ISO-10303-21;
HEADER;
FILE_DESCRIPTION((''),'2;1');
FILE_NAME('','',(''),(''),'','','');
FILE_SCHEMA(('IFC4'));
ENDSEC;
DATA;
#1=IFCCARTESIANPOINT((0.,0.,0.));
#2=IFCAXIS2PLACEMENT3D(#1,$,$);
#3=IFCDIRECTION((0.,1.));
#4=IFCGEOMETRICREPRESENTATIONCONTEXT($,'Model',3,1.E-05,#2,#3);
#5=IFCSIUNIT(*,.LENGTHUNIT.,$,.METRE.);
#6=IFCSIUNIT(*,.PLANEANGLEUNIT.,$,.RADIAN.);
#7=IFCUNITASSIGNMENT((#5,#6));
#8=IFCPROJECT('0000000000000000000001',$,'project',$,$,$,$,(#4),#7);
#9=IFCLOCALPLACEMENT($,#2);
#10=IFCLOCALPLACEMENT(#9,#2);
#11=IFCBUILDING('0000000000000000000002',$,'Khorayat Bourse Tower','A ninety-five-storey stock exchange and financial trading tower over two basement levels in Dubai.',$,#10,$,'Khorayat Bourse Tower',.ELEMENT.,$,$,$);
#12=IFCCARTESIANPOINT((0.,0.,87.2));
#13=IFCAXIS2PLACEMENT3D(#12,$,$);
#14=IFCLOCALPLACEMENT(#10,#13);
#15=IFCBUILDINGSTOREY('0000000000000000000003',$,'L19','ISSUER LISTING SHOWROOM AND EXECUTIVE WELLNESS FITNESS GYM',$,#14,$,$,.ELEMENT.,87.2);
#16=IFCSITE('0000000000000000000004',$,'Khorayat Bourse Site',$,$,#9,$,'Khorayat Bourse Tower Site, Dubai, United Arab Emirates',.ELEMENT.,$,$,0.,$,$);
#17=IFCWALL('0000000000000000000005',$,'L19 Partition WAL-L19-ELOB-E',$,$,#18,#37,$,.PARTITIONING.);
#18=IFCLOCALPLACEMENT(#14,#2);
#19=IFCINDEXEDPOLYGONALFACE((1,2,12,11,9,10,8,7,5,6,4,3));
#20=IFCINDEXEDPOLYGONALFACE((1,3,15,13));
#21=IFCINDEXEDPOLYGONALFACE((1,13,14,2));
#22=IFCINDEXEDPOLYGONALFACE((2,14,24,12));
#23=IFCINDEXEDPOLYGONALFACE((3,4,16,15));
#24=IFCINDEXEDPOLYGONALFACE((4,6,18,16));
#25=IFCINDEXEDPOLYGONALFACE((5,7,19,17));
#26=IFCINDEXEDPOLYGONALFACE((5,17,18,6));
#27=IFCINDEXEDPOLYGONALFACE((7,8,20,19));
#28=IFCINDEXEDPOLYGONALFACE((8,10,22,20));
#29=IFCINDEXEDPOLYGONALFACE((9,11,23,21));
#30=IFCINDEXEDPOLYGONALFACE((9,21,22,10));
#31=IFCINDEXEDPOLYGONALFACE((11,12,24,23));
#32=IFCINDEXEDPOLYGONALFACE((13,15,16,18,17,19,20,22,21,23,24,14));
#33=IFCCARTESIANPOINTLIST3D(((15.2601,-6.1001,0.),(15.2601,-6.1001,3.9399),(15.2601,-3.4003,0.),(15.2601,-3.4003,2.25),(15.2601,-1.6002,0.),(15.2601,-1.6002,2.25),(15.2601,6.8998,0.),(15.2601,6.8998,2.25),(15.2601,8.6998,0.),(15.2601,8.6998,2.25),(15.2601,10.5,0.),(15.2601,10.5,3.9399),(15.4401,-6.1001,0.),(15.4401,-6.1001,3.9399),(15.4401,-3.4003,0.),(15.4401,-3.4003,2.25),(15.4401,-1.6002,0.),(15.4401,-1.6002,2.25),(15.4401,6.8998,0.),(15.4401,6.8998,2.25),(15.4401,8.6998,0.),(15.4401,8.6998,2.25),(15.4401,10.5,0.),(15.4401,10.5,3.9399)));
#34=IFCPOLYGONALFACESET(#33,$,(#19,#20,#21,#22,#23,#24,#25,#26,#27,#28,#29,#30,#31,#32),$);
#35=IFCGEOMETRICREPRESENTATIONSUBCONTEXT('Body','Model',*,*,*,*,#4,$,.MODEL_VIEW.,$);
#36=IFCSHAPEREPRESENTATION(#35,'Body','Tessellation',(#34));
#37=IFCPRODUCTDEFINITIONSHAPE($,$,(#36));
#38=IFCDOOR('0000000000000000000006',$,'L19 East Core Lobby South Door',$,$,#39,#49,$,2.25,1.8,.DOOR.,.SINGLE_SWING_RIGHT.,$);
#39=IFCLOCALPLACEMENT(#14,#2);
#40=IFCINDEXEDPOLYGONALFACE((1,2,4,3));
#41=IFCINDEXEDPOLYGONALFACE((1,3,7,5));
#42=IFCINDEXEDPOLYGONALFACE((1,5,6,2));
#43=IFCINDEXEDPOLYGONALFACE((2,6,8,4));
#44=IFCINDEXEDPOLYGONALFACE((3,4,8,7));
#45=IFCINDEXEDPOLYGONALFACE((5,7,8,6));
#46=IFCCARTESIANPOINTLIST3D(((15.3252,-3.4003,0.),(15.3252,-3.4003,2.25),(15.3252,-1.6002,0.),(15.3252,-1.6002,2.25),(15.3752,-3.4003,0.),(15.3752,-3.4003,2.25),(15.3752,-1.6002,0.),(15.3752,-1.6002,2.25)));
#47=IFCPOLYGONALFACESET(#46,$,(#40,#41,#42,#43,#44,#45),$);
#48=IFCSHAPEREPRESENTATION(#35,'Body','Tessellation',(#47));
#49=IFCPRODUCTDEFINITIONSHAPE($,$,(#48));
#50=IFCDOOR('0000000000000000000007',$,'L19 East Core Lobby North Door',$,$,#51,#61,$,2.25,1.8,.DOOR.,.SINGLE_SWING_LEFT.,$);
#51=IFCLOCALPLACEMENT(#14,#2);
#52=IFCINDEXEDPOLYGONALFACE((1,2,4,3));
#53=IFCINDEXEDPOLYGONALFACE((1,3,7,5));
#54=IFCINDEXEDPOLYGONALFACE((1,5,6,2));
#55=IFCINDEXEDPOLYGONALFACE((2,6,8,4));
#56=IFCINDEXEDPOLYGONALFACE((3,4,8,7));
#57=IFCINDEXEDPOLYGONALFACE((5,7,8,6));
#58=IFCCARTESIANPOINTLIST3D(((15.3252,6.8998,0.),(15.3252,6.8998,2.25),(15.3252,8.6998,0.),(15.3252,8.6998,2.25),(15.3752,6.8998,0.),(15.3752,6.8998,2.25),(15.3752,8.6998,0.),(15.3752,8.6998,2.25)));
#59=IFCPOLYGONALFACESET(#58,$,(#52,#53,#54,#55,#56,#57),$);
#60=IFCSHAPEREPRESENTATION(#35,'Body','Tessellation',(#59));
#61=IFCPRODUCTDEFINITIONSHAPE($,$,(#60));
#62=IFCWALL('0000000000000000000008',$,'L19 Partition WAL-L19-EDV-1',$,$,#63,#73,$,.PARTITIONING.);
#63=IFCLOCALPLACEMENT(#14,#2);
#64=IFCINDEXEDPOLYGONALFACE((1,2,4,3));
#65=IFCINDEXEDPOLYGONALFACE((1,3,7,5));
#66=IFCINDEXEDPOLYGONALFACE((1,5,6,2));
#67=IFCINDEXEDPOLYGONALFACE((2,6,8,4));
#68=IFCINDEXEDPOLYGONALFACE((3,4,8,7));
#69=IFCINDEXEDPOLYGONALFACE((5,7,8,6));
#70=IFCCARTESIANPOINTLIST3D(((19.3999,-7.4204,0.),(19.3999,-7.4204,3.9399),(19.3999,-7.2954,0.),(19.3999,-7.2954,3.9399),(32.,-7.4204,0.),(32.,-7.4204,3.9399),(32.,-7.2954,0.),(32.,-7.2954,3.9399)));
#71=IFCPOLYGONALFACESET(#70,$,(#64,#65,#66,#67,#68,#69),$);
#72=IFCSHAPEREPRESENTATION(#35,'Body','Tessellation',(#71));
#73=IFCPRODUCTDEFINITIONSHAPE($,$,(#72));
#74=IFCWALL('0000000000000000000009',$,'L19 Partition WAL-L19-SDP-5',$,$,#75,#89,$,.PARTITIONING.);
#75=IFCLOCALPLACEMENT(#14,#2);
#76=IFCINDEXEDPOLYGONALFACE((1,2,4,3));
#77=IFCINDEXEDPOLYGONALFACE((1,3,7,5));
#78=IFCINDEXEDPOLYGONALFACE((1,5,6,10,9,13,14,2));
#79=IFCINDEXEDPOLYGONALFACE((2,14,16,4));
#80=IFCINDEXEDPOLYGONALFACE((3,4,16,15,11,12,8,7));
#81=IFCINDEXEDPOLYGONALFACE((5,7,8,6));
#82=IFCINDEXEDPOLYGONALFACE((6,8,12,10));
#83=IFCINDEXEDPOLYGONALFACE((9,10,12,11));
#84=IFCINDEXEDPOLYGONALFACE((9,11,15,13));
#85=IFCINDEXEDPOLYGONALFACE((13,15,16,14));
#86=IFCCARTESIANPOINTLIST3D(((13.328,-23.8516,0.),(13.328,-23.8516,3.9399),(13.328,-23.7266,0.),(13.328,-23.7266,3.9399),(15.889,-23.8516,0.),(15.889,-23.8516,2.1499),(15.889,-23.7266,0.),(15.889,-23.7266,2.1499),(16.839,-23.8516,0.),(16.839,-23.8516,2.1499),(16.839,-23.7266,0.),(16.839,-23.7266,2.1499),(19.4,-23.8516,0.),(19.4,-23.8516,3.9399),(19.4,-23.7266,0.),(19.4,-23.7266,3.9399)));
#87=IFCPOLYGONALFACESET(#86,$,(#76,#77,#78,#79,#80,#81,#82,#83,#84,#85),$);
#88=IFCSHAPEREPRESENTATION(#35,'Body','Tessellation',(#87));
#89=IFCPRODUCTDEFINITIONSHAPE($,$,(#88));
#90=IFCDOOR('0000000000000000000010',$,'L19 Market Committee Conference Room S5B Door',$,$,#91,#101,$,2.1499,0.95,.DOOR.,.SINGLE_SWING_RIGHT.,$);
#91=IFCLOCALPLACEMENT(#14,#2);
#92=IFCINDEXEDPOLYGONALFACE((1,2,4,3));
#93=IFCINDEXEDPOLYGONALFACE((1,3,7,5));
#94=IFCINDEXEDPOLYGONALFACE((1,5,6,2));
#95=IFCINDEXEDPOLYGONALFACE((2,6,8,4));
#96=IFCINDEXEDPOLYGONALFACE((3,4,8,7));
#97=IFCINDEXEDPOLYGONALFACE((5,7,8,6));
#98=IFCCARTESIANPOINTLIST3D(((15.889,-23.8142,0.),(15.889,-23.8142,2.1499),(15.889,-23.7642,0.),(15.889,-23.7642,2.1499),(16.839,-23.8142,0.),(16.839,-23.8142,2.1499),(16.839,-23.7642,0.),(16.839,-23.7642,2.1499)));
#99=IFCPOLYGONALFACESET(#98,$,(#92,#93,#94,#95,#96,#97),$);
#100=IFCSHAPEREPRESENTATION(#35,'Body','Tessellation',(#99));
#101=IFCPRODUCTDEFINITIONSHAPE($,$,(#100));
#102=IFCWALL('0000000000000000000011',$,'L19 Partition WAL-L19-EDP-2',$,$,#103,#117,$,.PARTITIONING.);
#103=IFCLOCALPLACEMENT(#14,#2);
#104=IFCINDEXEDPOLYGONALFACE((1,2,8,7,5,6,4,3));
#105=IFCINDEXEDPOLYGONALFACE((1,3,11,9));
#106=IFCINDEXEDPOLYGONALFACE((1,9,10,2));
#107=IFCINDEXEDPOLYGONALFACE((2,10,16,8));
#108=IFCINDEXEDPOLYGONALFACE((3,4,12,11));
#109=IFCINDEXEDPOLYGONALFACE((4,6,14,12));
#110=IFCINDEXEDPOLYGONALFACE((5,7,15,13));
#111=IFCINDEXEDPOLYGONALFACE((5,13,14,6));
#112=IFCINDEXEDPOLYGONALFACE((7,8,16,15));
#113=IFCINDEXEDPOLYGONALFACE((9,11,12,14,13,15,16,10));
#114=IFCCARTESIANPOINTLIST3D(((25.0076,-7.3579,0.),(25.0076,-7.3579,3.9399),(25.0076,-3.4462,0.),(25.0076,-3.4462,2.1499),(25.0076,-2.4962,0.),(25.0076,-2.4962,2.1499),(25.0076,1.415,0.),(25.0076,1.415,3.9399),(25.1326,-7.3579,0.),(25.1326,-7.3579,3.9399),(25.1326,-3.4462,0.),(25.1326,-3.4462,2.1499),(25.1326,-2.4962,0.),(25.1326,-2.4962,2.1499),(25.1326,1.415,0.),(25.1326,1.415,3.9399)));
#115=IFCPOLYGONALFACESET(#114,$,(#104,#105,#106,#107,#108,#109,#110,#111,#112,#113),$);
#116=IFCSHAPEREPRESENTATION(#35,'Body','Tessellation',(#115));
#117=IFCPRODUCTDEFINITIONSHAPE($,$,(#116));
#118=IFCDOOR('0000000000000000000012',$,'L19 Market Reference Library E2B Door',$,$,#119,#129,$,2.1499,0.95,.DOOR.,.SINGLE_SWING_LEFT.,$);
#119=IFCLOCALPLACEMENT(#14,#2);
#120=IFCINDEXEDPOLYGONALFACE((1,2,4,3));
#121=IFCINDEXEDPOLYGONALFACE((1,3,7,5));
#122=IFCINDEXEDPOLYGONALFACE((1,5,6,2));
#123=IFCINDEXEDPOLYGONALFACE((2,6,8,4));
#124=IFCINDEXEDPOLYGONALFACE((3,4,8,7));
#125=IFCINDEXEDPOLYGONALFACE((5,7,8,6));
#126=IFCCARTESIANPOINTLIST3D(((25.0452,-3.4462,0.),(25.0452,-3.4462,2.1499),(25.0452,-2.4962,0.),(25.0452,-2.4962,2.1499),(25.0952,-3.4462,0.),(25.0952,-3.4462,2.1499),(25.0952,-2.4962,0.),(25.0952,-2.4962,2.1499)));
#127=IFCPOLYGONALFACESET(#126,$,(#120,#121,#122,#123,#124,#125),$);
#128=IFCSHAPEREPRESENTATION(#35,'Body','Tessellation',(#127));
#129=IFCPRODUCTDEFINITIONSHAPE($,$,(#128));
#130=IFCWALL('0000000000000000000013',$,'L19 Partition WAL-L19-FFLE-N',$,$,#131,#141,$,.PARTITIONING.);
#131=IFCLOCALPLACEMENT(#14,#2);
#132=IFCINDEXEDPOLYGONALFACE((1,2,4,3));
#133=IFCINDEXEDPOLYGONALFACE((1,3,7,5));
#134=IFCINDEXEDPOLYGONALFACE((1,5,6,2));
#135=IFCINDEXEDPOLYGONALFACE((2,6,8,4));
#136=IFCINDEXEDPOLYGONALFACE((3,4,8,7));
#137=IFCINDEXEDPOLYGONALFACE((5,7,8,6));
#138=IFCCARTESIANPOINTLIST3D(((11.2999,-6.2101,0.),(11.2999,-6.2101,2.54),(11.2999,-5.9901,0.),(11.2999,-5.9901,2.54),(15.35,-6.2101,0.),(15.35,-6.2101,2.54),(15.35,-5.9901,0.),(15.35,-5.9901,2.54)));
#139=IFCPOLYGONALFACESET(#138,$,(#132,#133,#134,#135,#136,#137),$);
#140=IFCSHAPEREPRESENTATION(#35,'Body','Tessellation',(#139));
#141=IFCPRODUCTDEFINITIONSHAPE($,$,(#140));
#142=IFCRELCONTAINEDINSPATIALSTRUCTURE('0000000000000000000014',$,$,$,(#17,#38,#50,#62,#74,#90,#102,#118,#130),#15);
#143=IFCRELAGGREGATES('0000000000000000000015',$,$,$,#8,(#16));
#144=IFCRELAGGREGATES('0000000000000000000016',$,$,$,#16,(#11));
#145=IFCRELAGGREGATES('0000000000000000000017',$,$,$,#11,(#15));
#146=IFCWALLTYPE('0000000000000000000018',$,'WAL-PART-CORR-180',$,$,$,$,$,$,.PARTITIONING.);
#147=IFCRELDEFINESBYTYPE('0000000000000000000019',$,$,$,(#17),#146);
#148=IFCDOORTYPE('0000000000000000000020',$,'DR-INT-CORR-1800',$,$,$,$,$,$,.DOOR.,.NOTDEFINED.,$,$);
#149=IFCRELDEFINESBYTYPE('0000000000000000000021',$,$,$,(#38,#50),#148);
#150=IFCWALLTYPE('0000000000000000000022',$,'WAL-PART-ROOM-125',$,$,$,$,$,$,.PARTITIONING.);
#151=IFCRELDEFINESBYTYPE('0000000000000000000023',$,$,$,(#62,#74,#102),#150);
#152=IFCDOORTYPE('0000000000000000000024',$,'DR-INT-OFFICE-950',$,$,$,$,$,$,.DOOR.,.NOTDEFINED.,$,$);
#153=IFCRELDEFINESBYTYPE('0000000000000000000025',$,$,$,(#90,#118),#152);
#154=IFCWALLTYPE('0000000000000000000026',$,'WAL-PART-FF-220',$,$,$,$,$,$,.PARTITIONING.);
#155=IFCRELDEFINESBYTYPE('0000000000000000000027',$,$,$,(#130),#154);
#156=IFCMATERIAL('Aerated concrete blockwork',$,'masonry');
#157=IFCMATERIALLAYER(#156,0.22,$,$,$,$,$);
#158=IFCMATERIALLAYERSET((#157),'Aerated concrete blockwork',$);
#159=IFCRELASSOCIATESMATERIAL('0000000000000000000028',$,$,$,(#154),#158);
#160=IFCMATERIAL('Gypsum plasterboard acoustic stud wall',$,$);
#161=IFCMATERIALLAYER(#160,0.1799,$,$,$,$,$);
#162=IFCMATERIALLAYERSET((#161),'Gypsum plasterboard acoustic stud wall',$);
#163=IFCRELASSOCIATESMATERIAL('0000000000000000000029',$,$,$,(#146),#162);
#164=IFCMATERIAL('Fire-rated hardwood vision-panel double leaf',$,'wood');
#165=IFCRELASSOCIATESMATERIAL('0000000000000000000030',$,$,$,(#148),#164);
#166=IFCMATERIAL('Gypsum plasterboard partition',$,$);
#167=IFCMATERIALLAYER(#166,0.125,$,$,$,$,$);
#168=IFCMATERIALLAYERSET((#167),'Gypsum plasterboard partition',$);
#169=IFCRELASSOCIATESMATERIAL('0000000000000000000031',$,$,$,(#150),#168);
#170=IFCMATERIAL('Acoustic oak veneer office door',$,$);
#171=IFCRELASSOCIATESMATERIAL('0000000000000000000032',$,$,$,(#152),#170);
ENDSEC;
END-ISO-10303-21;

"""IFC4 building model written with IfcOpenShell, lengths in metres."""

from ifc_helpers import new_model, si_unit, direction, frame, frame_2d, origin, place, context, subcontext, project, spatial, rectangle, extrude, source, transform, mapped, material, layer, layer_set, type_object, element, fill, save


model = new_model("IFC4")

# Units and contexts
model_context = context("Model", 3, precision=1e-05, world=origin(), true_north=direction((0.0, 1.0)))
body_context = subcontext(model_context, "Body", "Model", "MODEL_VIEW")
ifc_project = project(units=[si_unit("LENGTHUNIT", "METRE"), si_unit("PLANEANGLEUNIT", "RADIAN")], contexts=[model_context])

# Site, building, storey
site_placement = place(None, origin())
site = spatial("IfcSite", under=ifc_project, at=site_placement, Name="Khorayat Bourse Site", LongName="Khorayat Bourse Tower Site, Dubai, United Arab Emirates", CompositionType="ELEMENT", RefElevation=0.0)
building_placement = place(site_placement, origin())
building = spatial("IfcBuilding", under=site, at=building_placement, Name="Khorayat Bourse Tower", Description="A ninety-five-storey stock exchange and financial trading tower over two basement levels in Dubai.", LongName="Khorayat Bourse Tower", CompositionType="ELEMENT")
storey_placement = place(building_placement, frame((0.0, 0.0, 87.2)))
storey = spatial("IfcBuildingStorey", under=building, at=storey_placement, Name="L19", Description="ISSUER LISTING SHOWROOM AND EXECUTIVE WELLNESS FITNESS GYM", CompositionType="ELEMENT", Elevation=87.2)

# Shared definitions
ifc_material_1 = material(Name="Aerated concrete blockwork", Category="masonry")
ifc_layer_1 = layer(ifc_material_1, 0.22)
ifc_layer_set_1 = layer_set([ifc_layer_1], Name="Aerated concrete blockwork")
wall_type_1 = type_object("IfcWallType", Name="WAL-PART-FF-220", PredefinedType="PARTITIONING", material=ifc_layer_set_1)

# Wall, openings, doors
ifc_material_2 = material(Name="Gypsum plasterboard acoustic stud wall")
ifc_layer_2 = layer(ifc_material_2, 0.1799)
ifc_layer_set_2 = layer_set([ifc_layer_2], Name="Gypsum plasterboard acoustic stud wall")
wall_type_2 = type_object("IfcWallType", Name="WAL-PART-CORR-180", PredefinedType="PARTITIONING", material=ifc_layer_set_2)
shared_shape_1 = source(origin(), body_context, "Body", "SweptSolid", [
    extrude(rectangle(XDim=16.6001, YDim=0.1799, at=frame_2d((8.3, 0.0))), origin(), (0.0, 0.0, 1.0), 3.9399),
])
wall_1_placement = place(storey_placement, frame((15.3501, -6.1001, 0.0), z_axis=(0.0, 0.0, 1.0), x_axis=(0.0, 1.0, 0.0)))
wall_1 = element("IfcWall", 1, at=wall_1_placement, inside=storey, type_object=wall_type_2, Name="L19 Partition WAL-L19-ELOB-E", PredefinedType="PARTITIONING", context=body_context, shape_type="MappedRepresentation", body=[
    mapped(shared_shape_1, transform((0.0, 0.0, 0.0), scale=1.0)),
])
shared_shape_2 = source(origin(), body_context, "Body", "SweptSolid", [
    extrude(rectangle(XDim=1.8, YDim=2.25, at=frame_2d((0.8999, 1.125))), frame((0.0, 0.0999, 0.0), z_axis=(0.0, -1.0, 0.0), x_axis=(1.0, 0.0, 0.0)), (0.0, 0.0, 1.0), 0.2),
])
opening_1_placement = place(wall_1_placement, frame((2.7, 0.0, 0.0)))
opening_1 = element("IfcOpeningElement", 2, at=opening_1_placement, cuts=wall_1, PredefinedType="OPENING", context=body_context, shape_type="MappedRepresentation", body=[
    mapped(shared_shape_2, transform((0.0, 0.0, 0.0), scale=1.0)),
])
opening_2_placement = place(wall_1_placement, frame((13.0, 0.0, 0.0)))
opening_2 = element("IfcOpeningElement", 3, at=opening_2_placement, cuts=wall_1, PredefinedType="OPENING", context=body_context, shape_type="MappedRepresentation", body=[
    mapped(shared_shape_2, transform((0.0, 0.0, 0.0), scale=1.0)),
])
ifc_material_3 = material(Name="Fire-rated hardwood vision-panel double leaf", Category="wood")
door_type_1 = type_object("IfcDoorType", Name="DR-INT-CORR-1800", OperationType="NOTDEFINED", PredefinedType="DOOR", material=ifc_material_3)
shared_shape_3 = source(origin(), body_context, "Body", "SweptSolid", [
    extrude(rectangle(XDim=1.8, YDim=2.25, at=frame_2d((0.8999, 1.125))), frame((0.0, 0.0249, 0.0), z_axis=(0.0, -1.0, 0.0), x_axis=(1.0, 0.0, 0.0)), (0.0, 0.0, 1.0), 0.05),
])
door_1_placement = place(opening_1_placement, origin())
door_1 = element("IfcDoor", 4, at=door_1_placement, inside=storey, type_object=door_type_1, Name="L19 East Core Lobby South Door", OperationType="SINGLE_SWING_RIGHT", OverallHeight=2.25, OverallWidth=1.8, PredefinedType="DOOR", context=body_context, shape_type="MappedRepresentation", body=[
    mapped(shared_shape_3, transform((0.0, 0.0, 0.0), scale=1.0)),
])
fill(opening_1, door_1)
door_2_placement = place(opening_2_placement, origin())
door_2 = element("IfcDoor", 5, at=door_2_placement, inside=storey, type_object=door_type_1, Name="L19 East Core Lobby North Door", OperationType="SINGLE_SWING_LEFT", OverallHeight=2.25, OverallWidth=1.8, PredefinedType="DOOR", context=body_context, shape_type="MappedRepresentation", body=[
    mapped(shared_shape_3, transform((0.0, 0.0, 0.0), scale=1.0)),
])
fill(opening_2, door_2)

# Wall
ifc_material_4 = material(Name="Gypsum plasterboard partition")
ifc_layer_3 = layer(ifc_material_4, 0.125)
ifc_layer_set_3 = layer_set([ifc_layer_3], Name="Gypsum plasterboard partition")
wall_type_3 = type_object("IfcWallType", Name="WAL-PART-ROOM-125", PredefinedType="PARTITIONING", material=ifc_layer_set_3)
shared_shape_4 = source(origin(), body_context, "Body", "SweptSolid", [
    extrude(rectangle(XDim=12.6001, YDim=0.125, at=frame_2d((6.3, 0.0))), origin(), (0.0, 0.0, 1.0), 3.9399),
])
wall_2_placement = place(storey_placement, frame((19.3999, -7.3579, 0.0), z_axis=(0.0, 0.0, 1.0), x_axis=(1.0, 0.0, 0.0)))
element("IfcWall", 6, at=wall_2_placement, inside=storey, type_object=wall_type_3, Name="L19 Partition WAL-L19-EDV-1", PredefinedType="PARTITIONING", context=body_context, shape_type="MappedRepresentation", body=[
    mapped(shared_shape_4, transform((0.0, 0.0, 0.0), scale=1.0)),
])

# Walls, openings, doors
shared_shape_5 = source(origin(), body_context, "Body", "SweptSolid", [
    extrude(rectangle(XDim=6.072, YDim=0.125, at=frame_2d((3.0361, 0.0))), origin(), (0.0, 0.0, 1.0), 3.9399),
])
wall_3_placement = place(storey_placement, frame((13.3279, -23.7891, 0.0), z_axis=(0.0, 0.0, 1.0), x_axis=(1.0, 0.0, 0.0)))
wall_3 = element("IfcWall", 7, at=wall_3_placement, inside=storey, type_object=wall_type_3, Name="L19 Partition WAL-L19-SDP-5", PredefinedType="PARTITIONING", context=body_context, shape_type="MappedRepresentation", body=[
    mapped(shared_shape_5, transform((0.0, 0.0, 0.0), scale=1.0)),
])
shared_shape_6 = source(origin(), body_context, "Body", "SweptSolid", [
    extrude(rectangle(XDim=0.95, YDim=2.1499, at=frame_2d((0.4751, 1.075))), frame((0.0, 0.0725, 0.0), z_axis=(0.0, -1.0, 0.0), x_axis=(1.0, 0.0, 0.0)), (0.0, 0.0, 1.0), 0.145),
])
opening_3_placement = place(wall_3_placement, frame((2.561, 0.0, 0.0)))
opening_3 = element("IfcOpeningElement", 8, at=opening_3_placement, cuts=wall_3, PredefinedType="OPENING", context=body_context, shape_type="MappedRepresentation", body=[
    mapped(shared_shape_6, transform((0.0, 0.0, 0.0), scale=1.0)),
])
ifc_material_5 = material(Name="Acoustic oak veneer office door")
door_type_2 = type_object("IfcDoorType", Name="DR-INT-OFFICE-950", OperationType="NOTDEFINED", PredefinedType="DOOR", material=ifc_material_5)
shared_shape_7 = source(origin(), body_context, "Body", "SweptSolid", [
    extrude(rectangle(XDim=0.95, YDim=2.1499, at=frame_2d((0.4751, 1.075))), frame((0.0, 0.0249, 0.0), z_axis=(0.0, -1.0, 0.0), x_axis=(1.0, 0.0, 0.0)), (0.0, 0.0, 1.0), 0.05),
])
door_3_placement = place(opening_3_placement, origin())
door_3 = element("IfcDoor", 9, at=door_3_placement, inside=storey, type_object=door_type_2, Name="L19 Market Committee Conference Room S5B Door", OperationType="SINGLE_SWING_RIGHT", OverallHeight=2.1499, OverallWidth=0.95, PredefinedType="DOOR", context=body_context, shape_type="MappedRepresentation", body=[
    mapped(shared_shape_7, transform((0.0, 0.0, 0.0), scale=1.0)),
])
fill(opening_3, door_3)
shared_shape_8 = source(origin(), body_context, "Body", "SweptSolid", [
    extrude(rectangle(XDim=8.7729, YDim=0.125, at=frame_2d((4.3865, 0.0))), origin(), (0.0, 0.0, 1.0), 3.9399),
])
wall_4_placement = place(storey_placement, frame((25.0701, -7.3579, 0.0), z_axis=(0.0, 0.0, 1.0), x_axis=(0.0, 1.0, 0.0)))
wall_4 = element("IfcWall", 10, at=wall_4_placement, inside=storey, type_object=wall_type_3, Name="L19 Partition WAL-L19-EDP-2", PredefinedType="PARTITIONING", context=body_context, shape_type="MappedRepresentation", body=[
    mapped(shared_shape_8, transform((0.0, 0.0, 0.0), scale=1.0)),
])
opening_4_placement = place(wall_4_placement, frame((3.9116, 0.0, 0.0)))
opening_4 = element("IfcOpeningElement", 11, at=opening_4_placement, cuts=wall_4, PredefinedType="OPENING", context=body_context, shape_type="MappedRepresentation", body=[
    mapped(shared_shape_6, transform((0.0, 0.0, 0.0), scale=1.0)),
])
door_4_placement = place(opening_4_placement, origin())
door_4 = element("IfcDoor", 12, at=door_4_placement, inside=storey, type_object=door_type_2, Name="L19 Market Reference Library E2B Door", OperationType="SINGLE_SWING_LEFT", OverallHeight=2.1499, OverallWidth=0.95, PredefinedType="DOOR", context=body_context, shape_type="MappedRepresentation", body=[
    mapped(shared_shape_7, transform((0.0, 0.0, 0.0), scale=1.0)),
])
fill(opening_4, door_4)

# Wall
shared_shape_9 = source(origin(), body_context, "Body", "SweptSolid", [
    extrude(rectangle(XDim=4.05, YDim=0.22, at=frame_2d((2.0249, 0.0))), origin(), (0.0, 0.0, 1.0), 2.54),
])
wall_5_placement = place(storey_placement, frame((11.3, -6.1001, 0.0), z_axis=(0.0, 0.0, 1.0), x_axis=(1.0, 0.0, 0.0)))
element("IfcWall", 13, at=wall_5_placement, inside=storey, type_object=wall_type_1, Name="L19 Partition WAL-L19-FFLE-N", PredefinedType="PARTITIONING", context=body_context, shape_type="MappedRepresentation", body=[
    mapped(shared_shape_9, transform((0.0, 0.0, 0.0), scale=1.0)),
])

save(model, "model.ifc")
